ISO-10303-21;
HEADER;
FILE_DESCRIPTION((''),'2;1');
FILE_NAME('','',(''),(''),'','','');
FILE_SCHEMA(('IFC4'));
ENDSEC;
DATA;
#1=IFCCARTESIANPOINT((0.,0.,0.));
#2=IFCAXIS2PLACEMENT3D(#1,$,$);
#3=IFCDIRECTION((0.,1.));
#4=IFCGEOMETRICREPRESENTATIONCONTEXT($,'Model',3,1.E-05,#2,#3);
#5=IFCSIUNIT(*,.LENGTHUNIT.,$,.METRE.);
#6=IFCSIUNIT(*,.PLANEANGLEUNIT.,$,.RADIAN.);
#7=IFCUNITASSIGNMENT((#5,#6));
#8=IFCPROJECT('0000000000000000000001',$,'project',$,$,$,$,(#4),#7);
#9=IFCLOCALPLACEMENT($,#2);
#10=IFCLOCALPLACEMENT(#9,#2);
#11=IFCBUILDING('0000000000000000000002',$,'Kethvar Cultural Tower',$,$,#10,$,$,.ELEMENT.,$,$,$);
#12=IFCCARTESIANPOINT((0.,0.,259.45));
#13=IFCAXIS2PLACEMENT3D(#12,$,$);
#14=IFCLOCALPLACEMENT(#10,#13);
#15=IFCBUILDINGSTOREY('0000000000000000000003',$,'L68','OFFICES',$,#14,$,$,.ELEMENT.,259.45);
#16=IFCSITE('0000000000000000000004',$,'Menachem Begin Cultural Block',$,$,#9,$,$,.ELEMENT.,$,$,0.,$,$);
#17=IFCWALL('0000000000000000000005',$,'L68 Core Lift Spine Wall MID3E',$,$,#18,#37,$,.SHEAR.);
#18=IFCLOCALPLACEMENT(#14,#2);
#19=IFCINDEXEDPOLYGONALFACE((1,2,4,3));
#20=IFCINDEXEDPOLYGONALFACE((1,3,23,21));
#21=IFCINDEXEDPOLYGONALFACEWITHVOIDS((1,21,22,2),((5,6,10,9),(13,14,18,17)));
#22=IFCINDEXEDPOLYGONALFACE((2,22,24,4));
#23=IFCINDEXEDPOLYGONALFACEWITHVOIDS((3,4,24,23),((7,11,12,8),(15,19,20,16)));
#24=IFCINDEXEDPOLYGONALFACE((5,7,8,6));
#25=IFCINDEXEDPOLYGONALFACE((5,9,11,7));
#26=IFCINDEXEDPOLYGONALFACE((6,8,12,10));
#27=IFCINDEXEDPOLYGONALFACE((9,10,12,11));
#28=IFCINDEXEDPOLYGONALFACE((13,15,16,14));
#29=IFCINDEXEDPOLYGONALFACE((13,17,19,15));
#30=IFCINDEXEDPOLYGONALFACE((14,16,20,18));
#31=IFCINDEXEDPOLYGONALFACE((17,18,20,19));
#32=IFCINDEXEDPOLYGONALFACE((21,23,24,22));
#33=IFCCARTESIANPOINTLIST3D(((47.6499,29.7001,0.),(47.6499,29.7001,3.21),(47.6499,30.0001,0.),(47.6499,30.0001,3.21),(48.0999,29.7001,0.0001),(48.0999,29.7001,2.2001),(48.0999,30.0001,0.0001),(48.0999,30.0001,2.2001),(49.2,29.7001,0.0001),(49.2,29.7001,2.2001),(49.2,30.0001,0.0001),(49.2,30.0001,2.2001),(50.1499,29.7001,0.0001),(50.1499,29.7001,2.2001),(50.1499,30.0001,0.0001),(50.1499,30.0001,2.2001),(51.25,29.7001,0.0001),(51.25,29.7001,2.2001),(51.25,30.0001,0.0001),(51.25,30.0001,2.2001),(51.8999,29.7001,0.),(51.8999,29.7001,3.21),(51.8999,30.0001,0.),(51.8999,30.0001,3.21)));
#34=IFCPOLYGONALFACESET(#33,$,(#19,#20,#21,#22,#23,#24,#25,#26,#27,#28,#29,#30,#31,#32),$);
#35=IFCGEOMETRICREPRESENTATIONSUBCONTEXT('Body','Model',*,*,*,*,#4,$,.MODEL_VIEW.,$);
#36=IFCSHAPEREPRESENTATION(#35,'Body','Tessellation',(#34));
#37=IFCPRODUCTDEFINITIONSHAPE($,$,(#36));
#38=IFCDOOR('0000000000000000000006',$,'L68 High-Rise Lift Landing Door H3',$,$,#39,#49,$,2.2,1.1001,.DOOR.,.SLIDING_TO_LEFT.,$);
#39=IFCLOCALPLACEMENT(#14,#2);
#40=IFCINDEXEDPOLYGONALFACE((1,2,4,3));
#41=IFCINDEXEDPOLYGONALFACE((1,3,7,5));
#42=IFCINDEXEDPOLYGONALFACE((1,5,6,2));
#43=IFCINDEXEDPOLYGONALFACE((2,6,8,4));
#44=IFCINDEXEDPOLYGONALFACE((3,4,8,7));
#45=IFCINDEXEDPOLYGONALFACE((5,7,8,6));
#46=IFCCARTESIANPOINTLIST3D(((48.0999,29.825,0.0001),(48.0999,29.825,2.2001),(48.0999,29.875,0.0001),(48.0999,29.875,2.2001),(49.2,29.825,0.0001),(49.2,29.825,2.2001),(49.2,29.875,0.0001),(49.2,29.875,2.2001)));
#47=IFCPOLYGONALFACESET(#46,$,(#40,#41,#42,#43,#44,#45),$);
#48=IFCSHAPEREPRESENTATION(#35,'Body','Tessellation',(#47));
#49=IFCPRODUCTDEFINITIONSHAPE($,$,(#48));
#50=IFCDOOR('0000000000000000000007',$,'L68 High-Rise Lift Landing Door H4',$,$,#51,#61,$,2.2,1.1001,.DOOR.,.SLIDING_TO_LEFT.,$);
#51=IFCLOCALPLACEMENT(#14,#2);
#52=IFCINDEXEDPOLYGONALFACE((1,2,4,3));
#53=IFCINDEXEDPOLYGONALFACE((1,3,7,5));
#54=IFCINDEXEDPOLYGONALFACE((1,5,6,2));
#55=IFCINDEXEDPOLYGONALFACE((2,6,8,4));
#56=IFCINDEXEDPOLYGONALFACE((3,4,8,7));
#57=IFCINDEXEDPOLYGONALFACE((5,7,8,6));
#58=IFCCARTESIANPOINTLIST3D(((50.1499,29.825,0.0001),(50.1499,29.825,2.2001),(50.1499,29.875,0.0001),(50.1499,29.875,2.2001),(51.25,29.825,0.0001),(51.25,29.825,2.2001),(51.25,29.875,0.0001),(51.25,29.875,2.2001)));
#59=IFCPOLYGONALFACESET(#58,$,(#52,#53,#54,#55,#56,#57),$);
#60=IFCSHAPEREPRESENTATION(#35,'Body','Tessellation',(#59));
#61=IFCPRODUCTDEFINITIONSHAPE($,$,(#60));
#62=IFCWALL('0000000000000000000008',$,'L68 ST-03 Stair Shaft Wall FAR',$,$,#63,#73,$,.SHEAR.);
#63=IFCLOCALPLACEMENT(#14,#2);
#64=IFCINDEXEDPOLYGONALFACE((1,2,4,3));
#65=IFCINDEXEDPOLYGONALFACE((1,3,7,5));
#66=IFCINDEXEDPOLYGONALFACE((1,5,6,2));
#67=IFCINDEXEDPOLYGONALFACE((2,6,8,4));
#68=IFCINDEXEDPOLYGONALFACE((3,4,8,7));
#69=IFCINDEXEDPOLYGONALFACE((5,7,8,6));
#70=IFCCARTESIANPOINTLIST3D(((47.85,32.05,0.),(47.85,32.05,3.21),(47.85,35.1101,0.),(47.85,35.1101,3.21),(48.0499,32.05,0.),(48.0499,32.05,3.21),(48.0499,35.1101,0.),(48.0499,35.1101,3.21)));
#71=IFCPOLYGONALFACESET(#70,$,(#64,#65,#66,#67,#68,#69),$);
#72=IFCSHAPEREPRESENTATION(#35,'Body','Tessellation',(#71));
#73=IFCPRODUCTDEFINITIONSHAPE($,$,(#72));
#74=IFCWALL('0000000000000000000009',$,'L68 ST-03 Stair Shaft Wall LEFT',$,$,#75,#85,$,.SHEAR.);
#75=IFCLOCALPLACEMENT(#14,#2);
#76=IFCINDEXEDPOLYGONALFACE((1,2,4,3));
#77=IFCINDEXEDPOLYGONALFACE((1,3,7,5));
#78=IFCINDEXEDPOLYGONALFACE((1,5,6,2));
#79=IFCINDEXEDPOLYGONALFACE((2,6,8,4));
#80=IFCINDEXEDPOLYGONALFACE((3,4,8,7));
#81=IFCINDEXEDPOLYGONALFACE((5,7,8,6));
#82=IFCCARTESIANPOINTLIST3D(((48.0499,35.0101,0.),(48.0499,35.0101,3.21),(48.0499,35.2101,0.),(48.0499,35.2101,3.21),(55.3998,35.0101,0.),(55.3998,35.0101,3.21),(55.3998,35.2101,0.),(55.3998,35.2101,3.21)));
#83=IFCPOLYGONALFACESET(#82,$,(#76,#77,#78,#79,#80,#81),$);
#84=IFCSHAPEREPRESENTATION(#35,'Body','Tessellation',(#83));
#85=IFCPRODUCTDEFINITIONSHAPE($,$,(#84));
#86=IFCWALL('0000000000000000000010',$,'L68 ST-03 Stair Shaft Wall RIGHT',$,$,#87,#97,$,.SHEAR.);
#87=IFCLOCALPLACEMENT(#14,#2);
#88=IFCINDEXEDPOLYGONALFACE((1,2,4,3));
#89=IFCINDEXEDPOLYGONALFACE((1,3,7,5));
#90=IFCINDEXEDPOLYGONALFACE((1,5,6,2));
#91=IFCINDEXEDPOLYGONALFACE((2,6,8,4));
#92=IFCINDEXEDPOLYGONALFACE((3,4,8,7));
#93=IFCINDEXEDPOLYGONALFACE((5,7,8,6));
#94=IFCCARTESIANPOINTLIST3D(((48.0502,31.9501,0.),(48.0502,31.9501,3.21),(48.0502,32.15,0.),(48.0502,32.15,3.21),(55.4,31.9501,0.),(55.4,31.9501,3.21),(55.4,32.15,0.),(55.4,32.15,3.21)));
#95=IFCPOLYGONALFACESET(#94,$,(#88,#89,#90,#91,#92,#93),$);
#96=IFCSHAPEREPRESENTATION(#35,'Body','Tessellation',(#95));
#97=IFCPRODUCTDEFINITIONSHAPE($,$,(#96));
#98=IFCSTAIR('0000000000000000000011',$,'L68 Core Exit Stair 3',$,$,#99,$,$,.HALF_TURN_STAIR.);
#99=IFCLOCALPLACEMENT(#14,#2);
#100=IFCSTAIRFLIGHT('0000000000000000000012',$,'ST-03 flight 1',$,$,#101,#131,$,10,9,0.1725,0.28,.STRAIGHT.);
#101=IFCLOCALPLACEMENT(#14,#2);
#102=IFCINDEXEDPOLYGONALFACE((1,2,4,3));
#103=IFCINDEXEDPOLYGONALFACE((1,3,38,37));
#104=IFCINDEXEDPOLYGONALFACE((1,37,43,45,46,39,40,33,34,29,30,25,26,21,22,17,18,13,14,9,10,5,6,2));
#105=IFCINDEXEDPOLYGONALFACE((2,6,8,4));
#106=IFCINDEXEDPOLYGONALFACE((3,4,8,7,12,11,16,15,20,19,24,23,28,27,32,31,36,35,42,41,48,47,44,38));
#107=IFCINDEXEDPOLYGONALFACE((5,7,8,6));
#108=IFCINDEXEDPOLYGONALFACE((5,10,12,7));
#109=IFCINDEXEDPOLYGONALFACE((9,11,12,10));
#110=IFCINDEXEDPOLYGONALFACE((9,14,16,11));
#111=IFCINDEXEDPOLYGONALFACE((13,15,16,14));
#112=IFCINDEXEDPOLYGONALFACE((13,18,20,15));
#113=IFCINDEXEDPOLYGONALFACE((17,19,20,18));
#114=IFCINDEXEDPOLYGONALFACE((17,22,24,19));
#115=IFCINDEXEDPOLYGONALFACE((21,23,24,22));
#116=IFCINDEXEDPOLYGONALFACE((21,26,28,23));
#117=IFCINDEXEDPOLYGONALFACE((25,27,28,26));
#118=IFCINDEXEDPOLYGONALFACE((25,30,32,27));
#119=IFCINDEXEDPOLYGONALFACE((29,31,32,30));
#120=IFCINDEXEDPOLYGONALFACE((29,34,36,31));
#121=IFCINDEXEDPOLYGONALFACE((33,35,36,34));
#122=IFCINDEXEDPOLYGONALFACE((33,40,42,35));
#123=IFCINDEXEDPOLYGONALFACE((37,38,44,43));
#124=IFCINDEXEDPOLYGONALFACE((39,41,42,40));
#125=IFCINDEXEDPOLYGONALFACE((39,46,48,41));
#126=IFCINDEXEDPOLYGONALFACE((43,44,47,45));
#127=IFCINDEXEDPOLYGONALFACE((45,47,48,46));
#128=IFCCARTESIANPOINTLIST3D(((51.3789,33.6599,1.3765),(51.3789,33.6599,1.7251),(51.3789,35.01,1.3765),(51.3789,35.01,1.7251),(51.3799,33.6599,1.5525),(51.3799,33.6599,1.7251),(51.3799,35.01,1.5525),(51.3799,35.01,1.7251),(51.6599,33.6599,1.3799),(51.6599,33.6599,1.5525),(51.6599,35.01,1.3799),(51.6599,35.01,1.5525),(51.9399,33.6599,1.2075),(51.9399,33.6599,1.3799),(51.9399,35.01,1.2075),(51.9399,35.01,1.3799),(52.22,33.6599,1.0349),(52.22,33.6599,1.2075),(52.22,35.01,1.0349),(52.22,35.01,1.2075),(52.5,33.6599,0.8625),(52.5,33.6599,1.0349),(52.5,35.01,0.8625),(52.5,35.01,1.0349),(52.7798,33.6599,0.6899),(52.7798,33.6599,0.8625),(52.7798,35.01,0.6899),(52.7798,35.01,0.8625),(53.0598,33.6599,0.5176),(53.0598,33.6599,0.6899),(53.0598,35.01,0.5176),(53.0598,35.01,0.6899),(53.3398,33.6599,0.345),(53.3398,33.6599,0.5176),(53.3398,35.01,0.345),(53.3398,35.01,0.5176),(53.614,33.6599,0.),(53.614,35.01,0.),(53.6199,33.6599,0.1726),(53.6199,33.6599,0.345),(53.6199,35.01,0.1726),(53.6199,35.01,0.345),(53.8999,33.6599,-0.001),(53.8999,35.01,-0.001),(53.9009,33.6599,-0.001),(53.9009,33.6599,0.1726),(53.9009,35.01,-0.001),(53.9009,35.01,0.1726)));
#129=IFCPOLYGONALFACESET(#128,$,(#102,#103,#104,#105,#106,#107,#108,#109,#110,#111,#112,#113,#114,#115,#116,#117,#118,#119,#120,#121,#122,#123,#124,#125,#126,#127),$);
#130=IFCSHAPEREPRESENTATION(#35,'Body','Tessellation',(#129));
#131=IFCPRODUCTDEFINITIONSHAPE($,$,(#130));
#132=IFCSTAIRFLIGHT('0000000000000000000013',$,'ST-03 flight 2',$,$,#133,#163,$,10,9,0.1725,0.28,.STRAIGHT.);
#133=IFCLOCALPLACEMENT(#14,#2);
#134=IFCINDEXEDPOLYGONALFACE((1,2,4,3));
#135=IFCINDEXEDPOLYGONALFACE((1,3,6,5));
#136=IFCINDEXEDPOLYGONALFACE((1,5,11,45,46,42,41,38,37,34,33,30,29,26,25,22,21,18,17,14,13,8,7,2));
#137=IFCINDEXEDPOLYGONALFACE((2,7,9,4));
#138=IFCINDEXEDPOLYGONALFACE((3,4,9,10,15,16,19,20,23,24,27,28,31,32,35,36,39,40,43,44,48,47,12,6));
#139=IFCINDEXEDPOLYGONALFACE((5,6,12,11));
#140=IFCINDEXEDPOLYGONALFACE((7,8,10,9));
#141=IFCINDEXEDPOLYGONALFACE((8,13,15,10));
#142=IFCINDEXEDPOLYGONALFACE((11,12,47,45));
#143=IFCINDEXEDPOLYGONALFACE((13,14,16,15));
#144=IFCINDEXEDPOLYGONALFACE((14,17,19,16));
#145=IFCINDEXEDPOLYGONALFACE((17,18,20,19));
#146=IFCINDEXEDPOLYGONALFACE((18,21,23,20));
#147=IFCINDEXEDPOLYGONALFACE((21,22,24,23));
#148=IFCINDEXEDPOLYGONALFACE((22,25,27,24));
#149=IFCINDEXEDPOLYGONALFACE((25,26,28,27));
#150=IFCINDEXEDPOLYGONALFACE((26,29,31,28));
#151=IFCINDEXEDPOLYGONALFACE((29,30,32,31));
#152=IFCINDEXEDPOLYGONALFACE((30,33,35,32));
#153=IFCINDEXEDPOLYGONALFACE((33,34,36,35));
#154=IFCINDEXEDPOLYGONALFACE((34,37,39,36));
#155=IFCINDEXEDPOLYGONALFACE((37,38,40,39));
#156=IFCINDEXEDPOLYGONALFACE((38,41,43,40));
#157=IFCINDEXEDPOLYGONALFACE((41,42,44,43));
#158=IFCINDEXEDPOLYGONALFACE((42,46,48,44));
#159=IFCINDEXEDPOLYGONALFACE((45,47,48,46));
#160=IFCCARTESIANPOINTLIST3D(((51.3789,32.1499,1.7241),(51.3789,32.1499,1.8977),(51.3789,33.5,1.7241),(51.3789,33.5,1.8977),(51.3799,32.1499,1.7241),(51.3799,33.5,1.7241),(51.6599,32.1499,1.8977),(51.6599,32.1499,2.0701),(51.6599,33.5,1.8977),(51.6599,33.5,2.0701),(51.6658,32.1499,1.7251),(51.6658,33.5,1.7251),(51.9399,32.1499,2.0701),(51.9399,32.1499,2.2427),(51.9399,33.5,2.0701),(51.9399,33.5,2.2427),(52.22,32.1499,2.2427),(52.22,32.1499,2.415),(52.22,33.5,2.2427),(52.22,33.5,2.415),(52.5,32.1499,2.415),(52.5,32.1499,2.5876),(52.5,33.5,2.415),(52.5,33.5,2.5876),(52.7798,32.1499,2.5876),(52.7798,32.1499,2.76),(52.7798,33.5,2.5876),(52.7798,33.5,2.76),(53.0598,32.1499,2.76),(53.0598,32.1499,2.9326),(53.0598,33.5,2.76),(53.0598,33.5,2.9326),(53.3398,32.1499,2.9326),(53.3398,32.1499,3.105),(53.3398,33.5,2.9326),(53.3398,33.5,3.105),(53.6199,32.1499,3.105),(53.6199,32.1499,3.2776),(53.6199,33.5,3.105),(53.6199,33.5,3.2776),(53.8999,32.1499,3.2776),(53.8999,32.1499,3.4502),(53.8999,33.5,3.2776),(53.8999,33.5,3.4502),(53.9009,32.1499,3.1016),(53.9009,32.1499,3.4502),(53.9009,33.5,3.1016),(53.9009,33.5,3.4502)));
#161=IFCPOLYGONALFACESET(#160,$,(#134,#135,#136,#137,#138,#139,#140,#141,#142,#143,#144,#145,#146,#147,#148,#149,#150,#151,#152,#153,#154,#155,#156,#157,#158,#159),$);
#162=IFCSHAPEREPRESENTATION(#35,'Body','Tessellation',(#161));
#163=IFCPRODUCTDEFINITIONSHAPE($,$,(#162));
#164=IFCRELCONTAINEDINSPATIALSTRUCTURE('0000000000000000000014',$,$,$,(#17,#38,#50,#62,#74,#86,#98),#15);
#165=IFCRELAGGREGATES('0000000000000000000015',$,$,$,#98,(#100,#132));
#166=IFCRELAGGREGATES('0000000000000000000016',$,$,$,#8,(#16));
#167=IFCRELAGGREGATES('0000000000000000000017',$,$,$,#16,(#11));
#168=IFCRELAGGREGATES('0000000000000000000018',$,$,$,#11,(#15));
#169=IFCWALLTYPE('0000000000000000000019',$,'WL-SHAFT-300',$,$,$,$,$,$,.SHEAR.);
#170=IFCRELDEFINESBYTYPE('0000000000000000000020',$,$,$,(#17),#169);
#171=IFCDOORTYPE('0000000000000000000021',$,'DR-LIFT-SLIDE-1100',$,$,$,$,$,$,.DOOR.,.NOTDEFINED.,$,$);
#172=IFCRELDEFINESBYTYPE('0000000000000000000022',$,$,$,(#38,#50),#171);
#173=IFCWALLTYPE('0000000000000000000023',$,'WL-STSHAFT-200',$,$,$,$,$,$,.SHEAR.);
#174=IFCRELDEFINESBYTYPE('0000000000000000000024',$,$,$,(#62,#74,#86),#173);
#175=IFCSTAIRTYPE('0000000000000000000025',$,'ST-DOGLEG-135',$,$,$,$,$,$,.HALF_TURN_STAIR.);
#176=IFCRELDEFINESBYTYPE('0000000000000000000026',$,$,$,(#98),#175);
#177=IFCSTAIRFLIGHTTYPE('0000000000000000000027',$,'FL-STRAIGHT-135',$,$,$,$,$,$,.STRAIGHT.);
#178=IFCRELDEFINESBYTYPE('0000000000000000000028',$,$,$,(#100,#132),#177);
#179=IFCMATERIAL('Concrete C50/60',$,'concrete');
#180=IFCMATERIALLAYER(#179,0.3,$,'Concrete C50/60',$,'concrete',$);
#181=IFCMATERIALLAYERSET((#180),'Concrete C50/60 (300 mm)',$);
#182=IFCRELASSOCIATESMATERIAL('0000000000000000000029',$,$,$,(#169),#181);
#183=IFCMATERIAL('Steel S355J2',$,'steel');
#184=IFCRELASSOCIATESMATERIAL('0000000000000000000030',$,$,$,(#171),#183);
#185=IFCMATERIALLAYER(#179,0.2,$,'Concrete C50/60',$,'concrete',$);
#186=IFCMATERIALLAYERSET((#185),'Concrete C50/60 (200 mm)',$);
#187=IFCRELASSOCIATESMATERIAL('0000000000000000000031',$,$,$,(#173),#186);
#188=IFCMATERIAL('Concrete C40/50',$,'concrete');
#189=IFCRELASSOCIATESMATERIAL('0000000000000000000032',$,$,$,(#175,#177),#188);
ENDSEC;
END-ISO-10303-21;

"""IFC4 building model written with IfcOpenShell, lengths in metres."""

from ifc_helpers import new_model, si_unit, direction, frame, frame_2d, origin, place, context, subcontext, project, spatial, polyline, rectangle, outline, extrude, source, transform, mapped, material, layer, layer_set, type_object, element, fill, aggregate, save


model = new_model("IFC4")

# Units and contexts
model_context = context("Model", 3, precision=1e-05, world=origin(), true_north=direction((0.0, 1.0)))
body_context = subcontext(model_context, "Body", "Model", "MODEL_VIEW")
ifc_project = project(units=[si_unit("LENGTHUNIT", "METRE"), si_unit("PLANEANGLEUNIT", "RADIAN")], contexts=[model_context])

# Site, building, storey
site_placement = place(None, origin())
site = spatial("IfcSite", under=ifc_project, at=site_placement, Name="Menachem Begin Cultural Block", CompositionType="ELEMENT", RefElevation=0.0)
building_placement = place(site_placement, origin())
building = spatial("IfcBuilding", under=site, at=building_placement, Name="Kethvar Cultural Tower", CompositionType="ELEMENT")
storey_placement = place(building_placement, frame((0.0, 0.0, 259.45)))
storey = spatial("IfcBuildingStorey", under=building, at=storey_placement, Name="L68", Description="OFFICES", CompositionType="ELEMENT", Elevation=259.45)

# Shared definitions
ifc_material_1 = material(Name="Steel S355J2", Category="steel")

# Shared definitions
ifc_material_2 = material(Name="Concrete C40/50", Category="concrete")

# Wall, openings, doors
ifc_material_3 = material(Name="Concrete C50/60", Category="concrete")
ifc_layer_1 = layer(ifc_material_3, 0.3, Name="Concrete C50/60", Category="concrete")
ifc_layer_set_1 = layer_set([ifc_layer_1], Name="Concrete C50/60 (300 mm)")
wall_type_1 = type_object("IfcWallType", Name="WL-SHAFT-300", PredefinedType="SHEAR", material=ifc_layer_set_1)
wall_1_placement = place(storey_placement, frame((47.6499, 29.8501, 0.0), z_axis=(0.0, 0.0, 1.0), x_axis=(1.0, 0.0, 0.0)))
wall_1 = element("IfcWall", 1, at=wall_1_placement, inside=storey, type_object=wall_type_1, Name="L68 Core Lift Spine Wall MID3E", PredefinedType="SHEAR", context=body_context, shape_type="SweptSolid", body=[
    extrude(rectangle(XDim=4.25, YDim=0.3, at=frame_2d((2.125, 0.0))), origin(), (0.0, 0.0, 1.0), 3.21),
])
opening_1_placement = place(wall_1_placement, frame((0.45, 0.0, 0.0)))
opening_1 = element("IfcOpeningElement", 2, at=opening_1_placement, cuts=wall_1, PredefinedType="OPENING", context=body_context, shape_type="SweptSolid", body=[
    extrude(rectangle(XDim=1.1001, YDim=2.2, at=frame_2d((0.55, 1.1001))), frame((0.0, 0.1599, 0.0), z_axis=(0.0, -1.0, 0.0), x_axis=(1.0, 0.0, 0.0)), (0.0, 0.0, 1.0), 0.3201),
])
opening_2_placement = place(wall_1_placement, frame((2.5, 0.0, 0.0)))
opening_2 = element("IfcOpeningElement", 3, at=opening_2_placement, cuts=wall_1, PredefinedType="OPENING", context=body_context, shape_type="SweptSolid", body=[
    extrude(rectangle(XDim=1.1001, YDim=2.2, at=frame_2d((0.55, 1.1001))), frame((0.0, 0.1599, 0.0), z_axis=(0.0, -1.0, 0.0), x_axis=(1.0, 0.0, 0.0)), (0.0, 0.0, 1.0), 0.3201),
])
door_type = type_object("IfcDoorType", Name="DR-LIFT-SLIDE-1100", OperationType="NOTDEFINED", PredefinedType="DOOR", material=ifc_material_1)
shared_shape_1 = source(origin(), body_context, "Body", "SweptSolid", [
    extrude(rectangle(XDim=1.1001, YDim=2.2, at=frame_2d((0.55, 1.1001))), frame((0.0, 0.0249, 0.0), z_axis=(0.0, -1.0, 0.0), x_axis=(1.0, 0.0, 0.0)), (0.0, 0.0, 1.0), 0.05),
])
door_1_placement = place(opening_1_placement, origin())
door_1 = element("IfcDoor", 4, at=door_1_placement, inside=storey, type_object=door_type, Name="L68 High-Rise Lift Landing Door H3", OperationType="SLIDING_TO_LEFT", OverallHeight=2.2, OverallWidth=1.1001, PredefinedType="DOOR", context=body_context, shape_type="MappedRepresentation", body=[
    mapped(shared_shape_1, transform((0.0, 0.0, 0.0), scale=1.0)),
])
fill(opening_1, door_1)
door_2_placement = place(opening_2_placement, origin())
door_2 = element("IfcDoor", 5, at=door_2_placement, inside=storey, type_object=door_type, Name="L68 High-Rise Lift Landing Door H4", OperationType="SLIDING_TO_LEFT", OverallHeight=2.2, OverallWidth=1.1001, PredefinedType="DOOR", context=body_context, shape_type="MappedRepresentation", body=[
    mapped(shared_shape_1, transform((0.0, 0.0, 0.0), scale=1.0)),
])
fill(opening_2, door_2)

# Walls
ifc_layer_2 = layer(ifc_material_3, 0.2, Name="Concrete C50/60", Category="concrete")
ifc_layer_set_2 = layer_set([ifc_layer_2], Name="Concrete C50/60 (200 mm)")
wall_type_2 = type_object("IfcWallType", Name="WL-STSHAFT-200", PredefinedType="SHEAR", material=ifc_layer_set_2)
wall_2_placement = place(storey_placement, frame((47.95, 32.05, 0.0), z_axis=(0.0, 0.0, 1.0), x_axis=(0.0, 1.0, 0.0)))
element("IfcWall", 6, at=wall_2_placement, inside=storey, type_object=wall_type_2, Name="L68 ST-03 Stair Shaft Wall FAR", PredefinedType="SHEAR", context=body_context, shape_type="SweptSolid", body=[
    extrude(rectangle(XDim=3.0601, YDim=0.2, at=frame_2d((1.53, 0.0))), origin(), (0.0, 0.0, 1.0), 3.21),
])
for number, where, z_axis, x_axis, name in (
    (7, (48.05, 35.1101, 0.0), (0.0, 0.0, 1.0), (1.0, 0.0, 0.0), "L68 ST-03 Stair Shaft Wall LEFT"),
    (8, (55.3999, 32.05, 0.0), (0.0, 0.0, 1.0), (-1.0, 0.0, 0.0), "L68 ST-03 Stair Shaft Wall RIGHT"),
):
    element("IfcWall", number, at=place(storey_placement, frame(where, z_axis=z_axis, x_axis=x_axis)), inside=storey, type_object=wall_type_2, Name=name, PredefinedType="SHEAR", context=body_context, shape_type="SweptSolid", body=[
        extrude(rectangle(XDim=7.3499, YDim=0.2, at=frame_2d((3.6748, 0.0))), origin(), (0.0, 0.0, 1.0), 3.21),
    ])

# Stair, stair flights
stair_type = type_object("IfcStairType", Name="ST-DOGLEG-135", PredefinedType="HALF_TURN_STAIR", material=ifc_material_2)
stair_placement = place(storey_placement, origin())
stair = element("IfcStair", 9, at=stair_placement, inside=storey, type_object=stair_type, Name="L68 Core Exit Stair 3", PredefinedType="HALF_TURN_STAIR")
stair_flight_type = type_object("IfcStairFlightType", Name="FL-STRAIGHT-135", PredefinedType="STRAIGHT", material=ifc_material_2)
stair_flight_1_placement = place(storey_placement, frame((53.8999, 34.335, 0.0), z_axis=(0.0, 0.0, 1.0), x_axis=(-1.0, 0.0, 0.0)))
stair_flight_1 = element("IfcStairFlight", 10, at=stair_flight_1_placement, type_object=stair_flight_type, Name="ST-03 flight 1", NumberOfRisers=10, NumberOfTreads=9, PredefinedType="STRAIGHT", RiserHeight=0.1725, TreadLength=0.28, context=body_context, shape_type="SweptSolid", body=[
    extrude(outline(polyline([(-0.001, -0.001), (-0.001, 0.1726), (0.28, 0.1726), (0.28, 0.345), (0.5601, 0.345), (0.5601, 0.5176), (0.8401, 0.5176), (0.8401, 0.6899), (1.1201, 0.6899), (1.1201, 0.8625), (1.3999, 0.8625), (1.3999, 1.0349), (1.6799, 1.0349), (1.6799, 1.2075), (1.96, 1.2075), (1.96, 1.3799), (2.24, 1.3799), (2.24, 1.5525), (2.52, 1.5525), (2.52, 1.7251), (2.521, 1.7251), (2.521, 1.3765), (0.2859, 0.0), (0.0, -0.001), (-0.001, -0.001)])), frame((0.0, 0.675, 0.0), z_axis=(0.0, -1.0, 0.0), x_axis=(1.0, 0.0, 0.0)), (0.0, 0.0, 1.0), 1.3501),
])
stair_flight_2_placement = place(storey_placement, frame((51.3799, 32.825, 1.7251), z_axis=(0.0, 0.0, 1.0), x_axis=(1.0, 0.0, 0.0)))
stair_flight_2 = element("IfcStairFlight", 11, at=stair_flight_2_placement, type_object=stair_flight_type, Name="ST-03 flight 2", NumberOfRisers=10, NumberOfTreads=9, PredefinedType="STRAIGHT", RiserHeight=0.1725, TreadLength=0.28, context=body_context, shape_type="SweptSolid", body=[
    extrude(outline(polyline([(-0.001, -0.001), (-0.001, 0.1726), (0.28, 0.1726), (0.28, 0.345), (0.5601, 0.345), (0.5601, 0.5176), (0.8401, 0.5176), (0.8401, 0.6899), (1.1201, 0.6899), (1.1201, 0.8625), (1.3999, 0.8625), (1.3999, 1.0349), (1.6799, 1.0349), (1.6799, 1.2075), (1.96, 1.2075), (1.96, 1.3799), (2.24, 1.3799), (2.24, 1.5525), (2.52, 1.5525), (2.52, 1.7251), (2.521, 1.7251), (2.521, 1.3765), (0.2859, 0.0), (0.0, -0.001), (-0.001, -0.001)])), frame((0.0, 0.675, 0.0), z_axis=(0.0, -1.0, 0.0), x_axis=(1.0, 0.0, 0.0)), (0.0, 0.0, 1.0), 1.3501),
])
aggregate(stair, [stair_flight_1, stair_flight_2])

save(model, "model.ifc")
